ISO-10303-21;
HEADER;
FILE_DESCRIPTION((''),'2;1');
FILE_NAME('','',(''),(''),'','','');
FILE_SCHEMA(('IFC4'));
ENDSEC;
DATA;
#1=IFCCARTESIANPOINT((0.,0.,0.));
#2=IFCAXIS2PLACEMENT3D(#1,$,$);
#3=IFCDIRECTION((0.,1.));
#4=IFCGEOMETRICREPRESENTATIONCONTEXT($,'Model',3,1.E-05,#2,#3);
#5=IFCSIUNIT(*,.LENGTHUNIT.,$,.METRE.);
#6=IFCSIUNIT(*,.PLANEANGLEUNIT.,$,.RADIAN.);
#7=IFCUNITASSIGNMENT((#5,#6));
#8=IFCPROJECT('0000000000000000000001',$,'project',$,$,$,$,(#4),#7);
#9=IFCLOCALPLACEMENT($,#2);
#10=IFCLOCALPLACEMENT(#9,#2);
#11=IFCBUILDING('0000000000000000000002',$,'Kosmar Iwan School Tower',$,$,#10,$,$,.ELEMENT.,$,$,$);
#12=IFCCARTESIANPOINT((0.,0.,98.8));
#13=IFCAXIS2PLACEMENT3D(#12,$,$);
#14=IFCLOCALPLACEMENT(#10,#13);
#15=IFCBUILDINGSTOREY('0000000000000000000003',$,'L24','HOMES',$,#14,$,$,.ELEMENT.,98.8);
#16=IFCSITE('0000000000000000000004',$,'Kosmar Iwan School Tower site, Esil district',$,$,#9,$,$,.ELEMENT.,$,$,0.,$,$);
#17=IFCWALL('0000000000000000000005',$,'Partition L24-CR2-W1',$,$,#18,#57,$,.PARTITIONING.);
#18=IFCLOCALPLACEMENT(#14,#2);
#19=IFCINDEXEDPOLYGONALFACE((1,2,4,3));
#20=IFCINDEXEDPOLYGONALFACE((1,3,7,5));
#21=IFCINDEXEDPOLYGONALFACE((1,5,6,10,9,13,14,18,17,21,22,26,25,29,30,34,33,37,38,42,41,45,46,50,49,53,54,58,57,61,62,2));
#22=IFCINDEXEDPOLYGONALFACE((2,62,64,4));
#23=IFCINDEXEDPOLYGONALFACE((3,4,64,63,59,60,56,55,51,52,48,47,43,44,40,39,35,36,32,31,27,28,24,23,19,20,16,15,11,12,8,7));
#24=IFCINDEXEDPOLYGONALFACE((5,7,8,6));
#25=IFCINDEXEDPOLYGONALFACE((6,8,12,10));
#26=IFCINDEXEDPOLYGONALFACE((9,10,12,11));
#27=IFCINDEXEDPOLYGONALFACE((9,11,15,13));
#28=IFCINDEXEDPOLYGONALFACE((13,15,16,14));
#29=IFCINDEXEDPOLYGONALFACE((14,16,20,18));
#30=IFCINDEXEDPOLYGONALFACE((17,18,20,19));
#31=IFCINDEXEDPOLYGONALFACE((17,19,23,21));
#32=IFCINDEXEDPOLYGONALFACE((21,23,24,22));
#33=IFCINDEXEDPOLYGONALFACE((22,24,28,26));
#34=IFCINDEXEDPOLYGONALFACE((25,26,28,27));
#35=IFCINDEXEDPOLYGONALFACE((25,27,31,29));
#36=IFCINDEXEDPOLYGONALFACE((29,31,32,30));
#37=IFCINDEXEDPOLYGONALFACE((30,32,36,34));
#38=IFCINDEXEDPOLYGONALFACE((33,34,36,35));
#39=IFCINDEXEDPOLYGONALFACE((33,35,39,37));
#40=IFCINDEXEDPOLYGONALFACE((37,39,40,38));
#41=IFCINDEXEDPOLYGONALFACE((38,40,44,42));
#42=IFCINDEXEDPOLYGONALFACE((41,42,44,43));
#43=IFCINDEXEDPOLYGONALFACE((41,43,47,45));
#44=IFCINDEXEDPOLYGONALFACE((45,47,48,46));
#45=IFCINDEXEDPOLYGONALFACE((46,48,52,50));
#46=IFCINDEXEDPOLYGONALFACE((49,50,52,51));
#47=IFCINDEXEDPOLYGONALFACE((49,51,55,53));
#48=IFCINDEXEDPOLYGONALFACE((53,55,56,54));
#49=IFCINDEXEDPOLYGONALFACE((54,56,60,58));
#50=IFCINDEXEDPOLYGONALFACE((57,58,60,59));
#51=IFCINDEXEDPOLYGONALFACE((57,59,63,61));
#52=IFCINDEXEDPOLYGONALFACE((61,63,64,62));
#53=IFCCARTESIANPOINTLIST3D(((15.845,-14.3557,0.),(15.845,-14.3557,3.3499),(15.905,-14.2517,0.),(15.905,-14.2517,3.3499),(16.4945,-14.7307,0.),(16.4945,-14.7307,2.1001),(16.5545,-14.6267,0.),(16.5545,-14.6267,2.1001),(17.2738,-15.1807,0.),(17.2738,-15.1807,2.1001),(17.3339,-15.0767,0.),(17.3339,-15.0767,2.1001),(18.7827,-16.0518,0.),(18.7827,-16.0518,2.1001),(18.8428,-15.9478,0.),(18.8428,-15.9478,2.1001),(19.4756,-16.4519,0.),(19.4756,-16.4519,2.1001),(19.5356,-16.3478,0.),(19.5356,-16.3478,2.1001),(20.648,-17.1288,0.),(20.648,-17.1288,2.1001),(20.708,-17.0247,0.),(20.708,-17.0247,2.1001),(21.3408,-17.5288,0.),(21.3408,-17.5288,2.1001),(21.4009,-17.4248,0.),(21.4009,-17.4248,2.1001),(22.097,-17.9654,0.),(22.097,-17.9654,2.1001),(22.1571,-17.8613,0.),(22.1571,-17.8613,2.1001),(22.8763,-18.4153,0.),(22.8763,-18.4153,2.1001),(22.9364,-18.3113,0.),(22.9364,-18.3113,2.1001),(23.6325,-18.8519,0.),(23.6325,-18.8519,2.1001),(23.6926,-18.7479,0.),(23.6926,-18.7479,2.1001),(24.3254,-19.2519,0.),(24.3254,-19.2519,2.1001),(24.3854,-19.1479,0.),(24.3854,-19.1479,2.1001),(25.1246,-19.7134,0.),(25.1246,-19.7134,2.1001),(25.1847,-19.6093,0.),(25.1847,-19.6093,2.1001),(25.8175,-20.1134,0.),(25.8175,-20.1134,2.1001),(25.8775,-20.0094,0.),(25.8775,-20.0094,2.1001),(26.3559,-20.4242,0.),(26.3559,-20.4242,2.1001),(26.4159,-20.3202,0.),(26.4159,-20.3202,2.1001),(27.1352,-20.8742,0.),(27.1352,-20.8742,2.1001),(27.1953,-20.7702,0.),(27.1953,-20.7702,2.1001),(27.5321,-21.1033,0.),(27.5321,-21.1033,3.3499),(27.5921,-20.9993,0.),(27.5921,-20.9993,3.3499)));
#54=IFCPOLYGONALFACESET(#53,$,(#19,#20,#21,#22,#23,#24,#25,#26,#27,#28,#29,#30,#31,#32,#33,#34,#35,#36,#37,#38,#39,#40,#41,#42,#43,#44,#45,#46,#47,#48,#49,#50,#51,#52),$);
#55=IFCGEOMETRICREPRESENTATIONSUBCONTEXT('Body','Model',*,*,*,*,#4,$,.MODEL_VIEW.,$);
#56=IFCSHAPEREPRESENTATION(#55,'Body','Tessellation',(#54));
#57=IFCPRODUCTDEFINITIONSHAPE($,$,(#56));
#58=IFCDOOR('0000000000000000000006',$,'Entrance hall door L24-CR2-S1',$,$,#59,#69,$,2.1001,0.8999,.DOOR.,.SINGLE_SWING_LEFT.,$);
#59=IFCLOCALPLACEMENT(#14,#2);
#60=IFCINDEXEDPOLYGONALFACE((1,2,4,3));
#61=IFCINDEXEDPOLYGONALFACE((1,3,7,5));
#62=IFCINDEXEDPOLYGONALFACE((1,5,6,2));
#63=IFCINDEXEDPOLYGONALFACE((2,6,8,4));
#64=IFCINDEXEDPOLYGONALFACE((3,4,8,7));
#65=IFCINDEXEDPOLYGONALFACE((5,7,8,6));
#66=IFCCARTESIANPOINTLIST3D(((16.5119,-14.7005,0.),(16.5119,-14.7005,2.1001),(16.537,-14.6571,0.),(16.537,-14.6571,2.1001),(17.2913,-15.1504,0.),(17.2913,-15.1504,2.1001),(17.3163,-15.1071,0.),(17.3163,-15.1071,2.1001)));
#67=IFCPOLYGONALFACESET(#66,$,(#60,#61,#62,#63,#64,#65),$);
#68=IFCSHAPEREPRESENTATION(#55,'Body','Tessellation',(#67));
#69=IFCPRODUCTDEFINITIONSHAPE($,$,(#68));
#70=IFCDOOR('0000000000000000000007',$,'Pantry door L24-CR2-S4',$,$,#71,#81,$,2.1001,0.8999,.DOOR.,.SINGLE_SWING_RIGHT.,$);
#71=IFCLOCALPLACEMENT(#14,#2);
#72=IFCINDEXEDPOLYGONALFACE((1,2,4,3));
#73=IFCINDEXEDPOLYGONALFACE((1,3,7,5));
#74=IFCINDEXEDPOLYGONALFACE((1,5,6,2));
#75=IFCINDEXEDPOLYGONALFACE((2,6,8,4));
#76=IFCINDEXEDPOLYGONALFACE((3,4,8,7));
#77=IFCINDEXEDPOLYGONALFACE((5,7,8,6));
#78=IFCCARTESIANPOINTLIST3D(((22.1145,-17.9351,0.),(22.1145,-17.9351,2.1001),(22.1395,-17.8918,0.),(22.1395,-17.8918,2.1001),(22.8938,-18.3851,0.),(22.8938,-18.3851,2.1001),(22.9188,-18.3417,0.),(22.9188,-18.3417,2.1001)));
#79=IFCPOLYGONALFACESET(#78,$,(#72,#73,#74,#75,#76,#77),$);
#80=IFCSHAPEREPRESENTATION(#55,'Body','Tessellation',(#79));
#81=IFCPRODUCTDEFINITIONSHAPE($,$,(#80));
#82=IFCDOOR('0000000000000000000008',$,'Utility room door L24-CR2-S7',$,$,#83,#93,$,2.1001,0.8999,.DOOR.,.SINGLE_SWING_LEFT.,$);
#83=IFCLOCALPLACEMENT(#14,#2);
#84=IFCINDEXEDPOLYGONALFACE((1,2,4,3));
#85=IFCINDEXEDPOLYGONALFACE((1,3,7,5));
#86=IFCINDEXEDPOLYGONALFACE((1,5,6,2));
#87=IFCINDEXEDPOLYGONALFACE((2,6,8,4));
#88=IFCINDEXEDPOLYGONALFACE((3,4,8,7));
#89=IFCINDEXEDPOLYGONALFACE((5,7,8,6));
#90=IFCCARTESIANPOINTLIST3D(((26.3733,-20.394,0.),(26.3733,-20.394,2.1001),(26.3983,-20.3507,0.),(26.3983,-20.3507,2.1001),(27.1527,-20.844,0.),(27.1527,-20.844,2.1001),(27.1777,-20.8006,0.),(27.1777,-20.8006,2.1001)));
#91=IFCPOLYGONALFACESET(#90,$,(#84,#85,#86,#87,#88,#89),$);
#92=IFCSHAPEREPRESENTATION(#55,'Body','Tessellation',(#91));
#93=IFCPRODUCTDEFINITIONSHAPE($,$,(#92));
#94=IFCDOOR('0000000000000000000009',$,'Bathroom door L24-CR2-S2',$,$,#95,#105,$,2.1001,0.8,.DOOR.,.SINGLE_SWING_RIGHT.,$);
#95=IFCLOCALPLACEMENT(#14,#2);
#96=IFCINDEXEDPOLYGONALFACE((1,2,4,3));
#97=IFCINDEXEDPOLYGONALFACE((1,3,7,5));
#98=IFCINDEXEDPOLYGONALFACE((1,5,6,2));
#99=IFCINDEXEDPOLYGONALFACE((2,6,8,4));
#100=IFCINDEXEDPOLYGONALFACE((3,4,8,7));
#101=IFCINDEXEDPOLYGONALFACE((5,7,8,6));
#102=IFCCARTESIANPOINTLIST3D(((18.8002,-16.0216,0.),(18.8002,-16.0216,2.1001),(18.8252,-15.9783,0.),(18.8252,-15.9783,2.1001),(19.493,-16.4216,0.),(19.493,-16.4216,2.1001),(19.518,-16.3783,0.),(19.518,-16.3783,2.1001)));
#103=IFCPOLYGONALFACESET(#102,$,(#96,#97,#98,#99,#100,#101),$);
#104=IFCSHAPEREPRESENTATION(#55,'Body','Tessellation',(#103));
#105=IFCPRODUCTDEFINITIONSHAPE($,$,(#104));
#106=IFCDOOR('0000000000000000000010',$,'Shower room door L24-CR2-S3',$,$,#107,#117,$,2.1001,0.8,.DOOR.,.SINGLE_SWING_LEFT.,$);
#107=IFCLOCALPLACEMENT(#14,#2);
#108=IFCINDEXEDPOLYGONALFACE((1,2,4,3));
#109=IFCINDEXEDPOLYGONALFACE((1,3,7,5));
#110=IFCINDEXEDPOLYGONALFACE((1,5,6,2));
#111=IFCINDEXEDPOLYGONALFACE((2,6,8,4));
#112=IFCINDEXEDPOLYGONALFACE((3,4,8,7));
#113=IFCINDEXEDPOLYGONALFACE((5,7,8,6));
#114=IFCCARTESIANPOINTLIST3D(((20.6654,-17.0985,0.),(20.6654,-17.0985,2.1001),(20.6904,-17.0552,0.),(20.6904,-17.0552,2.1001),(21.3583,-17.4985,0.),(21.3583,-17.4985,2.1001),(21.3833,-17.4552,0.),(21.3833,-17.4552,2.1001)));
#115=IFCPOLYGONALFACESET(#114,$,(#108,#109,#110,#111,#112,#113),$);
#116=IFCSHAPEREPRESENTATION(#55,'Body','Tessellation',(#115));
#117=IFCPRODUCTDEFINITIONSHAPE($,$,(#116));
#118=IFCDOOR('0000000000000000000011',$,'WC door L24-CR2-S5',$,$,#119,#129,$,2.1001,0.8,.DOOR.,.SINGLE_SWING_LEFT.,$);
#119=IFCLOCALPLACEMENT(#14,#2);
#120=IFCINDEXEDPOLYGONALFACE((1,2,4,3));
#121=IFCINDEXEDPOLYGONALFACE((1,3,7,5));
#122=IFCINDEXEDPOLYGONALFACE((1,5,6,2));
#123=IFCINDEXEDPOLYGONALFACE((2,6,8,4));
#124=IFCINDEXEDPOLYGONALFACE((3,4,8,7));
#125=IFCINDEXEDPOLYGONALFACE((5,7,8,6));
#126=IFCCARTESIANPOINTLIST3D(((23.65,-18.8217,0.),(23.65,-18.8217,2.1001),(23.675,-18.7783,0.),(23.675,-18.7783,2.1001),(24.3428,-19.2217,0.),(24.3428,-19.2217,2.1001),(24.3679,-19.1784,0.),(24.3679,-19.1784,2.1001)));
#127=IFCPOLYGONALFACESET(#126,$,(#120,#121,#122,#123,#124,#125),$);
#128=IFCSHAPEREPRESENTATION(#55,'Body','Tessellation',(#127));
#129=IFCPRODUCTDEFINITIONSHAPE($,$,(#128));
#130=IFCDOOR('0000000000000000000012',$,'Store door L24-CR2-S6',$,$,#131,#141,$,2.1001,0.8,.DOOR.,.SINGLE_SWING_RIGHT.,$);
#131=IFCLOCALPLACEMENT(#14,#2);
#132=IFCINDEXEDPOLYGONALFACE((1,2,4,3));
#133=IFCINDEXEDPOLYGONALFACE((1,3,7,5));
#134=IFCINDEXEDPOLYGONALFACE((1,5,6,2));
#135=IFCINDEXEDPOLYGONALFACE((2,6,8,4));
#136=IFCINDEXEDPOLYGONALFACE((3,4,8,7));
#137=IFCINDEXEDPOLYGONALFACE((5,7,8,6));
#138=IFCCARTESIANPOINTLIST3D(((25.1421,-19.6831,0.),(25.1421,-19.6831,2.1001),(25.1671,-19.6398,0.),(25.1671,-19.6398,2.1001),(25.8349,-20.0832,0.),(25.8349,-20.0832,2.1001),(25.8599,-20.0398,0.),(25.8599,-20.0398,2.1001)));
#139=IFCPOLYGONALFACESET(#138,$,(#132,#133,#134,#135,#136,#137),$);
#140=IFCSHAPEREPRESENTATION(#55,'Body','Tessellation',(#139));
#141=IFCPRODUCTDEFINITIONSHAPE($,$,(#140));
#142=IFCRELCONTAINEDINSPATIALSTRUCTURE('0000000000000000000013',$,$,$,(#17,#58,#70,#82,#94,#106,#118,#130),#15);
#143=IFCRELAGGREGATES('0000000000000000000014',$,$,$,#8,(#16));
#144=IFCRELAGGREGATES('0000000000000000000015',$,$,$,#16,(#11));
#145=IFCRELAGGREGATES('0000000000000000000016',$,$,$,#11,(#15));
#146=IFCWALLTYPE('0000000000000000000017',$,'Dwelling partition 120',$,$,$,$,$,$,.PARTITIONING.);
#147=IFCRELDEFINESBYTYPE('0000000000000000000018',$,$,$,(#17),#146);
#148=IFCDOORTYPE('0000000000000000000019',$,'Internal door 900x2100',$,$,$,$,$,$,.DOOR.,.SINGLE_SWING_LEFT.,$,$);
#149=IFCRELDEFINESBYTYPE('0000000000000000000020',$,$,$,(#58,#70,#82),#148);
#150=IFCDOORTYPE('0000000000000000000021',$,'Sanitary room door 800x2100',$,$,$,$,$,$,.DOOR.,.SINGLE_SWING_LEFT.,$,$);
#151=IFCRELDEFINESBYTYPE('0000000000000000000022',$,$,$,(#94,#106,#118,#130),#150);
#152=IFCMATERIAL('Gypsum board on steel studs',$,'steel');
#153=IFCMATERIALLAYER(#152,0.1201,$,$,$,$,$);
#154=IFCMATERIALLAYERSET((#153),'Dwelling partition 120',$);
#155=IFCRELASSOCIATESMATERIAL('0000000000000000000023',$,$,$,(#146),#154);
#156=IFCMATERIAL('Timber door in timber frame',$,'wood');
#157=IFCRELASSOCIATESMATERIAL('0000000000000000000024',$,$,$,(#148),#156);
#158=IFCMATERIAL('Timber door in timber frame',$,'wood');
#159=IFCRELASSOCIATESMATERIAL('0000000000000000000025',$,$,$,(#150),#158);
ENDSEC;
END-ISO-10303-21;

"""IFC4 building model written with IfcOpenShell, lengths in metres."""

from ifc_helpers import new_model, si_unit, direction, frame, frame_2d, origin, place, context, subcontext, project, spatial, rectangle, extrude, material, layer, layer_set, type_object, element, fill, save


model = new_model("IFC4")

# Units and contexts
model_context = context("Model", 3, precision=1e-05, world=origin(), true_north=direction((0.0, 1.0)))
body_context = subcontext(model_context, "Body", "Model", "MODEL_VIEW")
ifc_project = project(units=[si_unit("LENGTHUNIT", "METRE"), si_unit("PLANEANGLEUNIT", "RADIAN")], contexts=[model_context])

# Site, building, storey
site_placement = place(None, origin())
site = spatial("IfcSite", under=ifc_project, at=site_placement, Name="Kosmar Iwan School Tower site, Esil district", CompositionType="ELEMENT", RefElevation=0.0)
building_placement = place(site_placement, origin())
building = spatial("IfcBuilding", under=site, at=building_placement, Name="Kosmar Iwan School Tower", CompositionType="ELEMENT")
storey_placement = place(building_placement, frame((0.0, 0.0, 98.8)))
storey = spatial("IfcBuildingStorey", under=building, at=storey_placement, Name="L24", Description="HOMES", CompositionType="ELEMENT", Elevation=98.8)

# Wall, openings, doors
ifc_material_1 = material(Name="Gypsum board on steel studs", Category="steel")
ifc_layer_1 = layer(ifc_material_1, 0.1201)
ifc_layer_set_1 = layer_set([ifc_layer_1], Name="Dwelling partition 120")
wall_type_1 = type_object("IfcWallType", Name="Dwelling partition 120", PredefinedType="PARTITIONING", material=ifc_layer_set_1)
wall_1_placement = place(storey_placement, frame((15.875, -14.3037, 0.0), z_axis=(0.0, 0.0, 1.0), x_axis=(0.866024, -0.500003, 0.0)))
wall_1 = element("IfcWall", 1, at=wall_1_placement, inside=storey, type_object=wall_type_1, Name="Partition L24-CR2-W1", PredefinedType="PARTITIONING", context=body_context, shape_type="SweptSolid", body=[
    extrude(rectangle(XDim=13.4951, YDim=0.1201, at=frame_2d((6.7476, 0.0))), origin(), (0.0, 0.0, 1.0), 3.3499),
])
opening_1_placement = place(wall_1_placement, frame((0.75, 0.0, 0.0)))
opening_1 = element("IfcOpeningElement", 2, at=opening_1_placement, cuts=wall_1, PredefinedType="OPENING", context=body_context, shape_type="SweptSolid", body=[
    extrude(rectangle(XDim=0.8999, YDim=2.1001, at=frame_2d((0.45, 1.05))), frame((0.0, 0.072, 0.0), z_axis=(0.0, -1.0, 0.0), x_axis=(1.0, 0.0, 0.0)), (0.0, 0.0, 1.0), 0.144),
])
opening_2_placement = place(wall_1_placement, frame((3.3923, 0.0, 0.0)))
opening_2 = element("IfcOpeningElement", 3, at=opening_2_placement, cuts=wall_1, PredefinedType="OPENING", context=body_context, shape_type="SweptSolid", body=[
    extrude(rectangle(XDim=0.8, YDim=2.1001, at=frame_2d((0.3999, 1.05))), frame((0.0, 0.072, 0.0), z_axis=(0.0, -1.0, 0.0), x_axis=(1.0, 0.0, 0.0)), (0.0, 0.0, 1.0), 0.144),
])
opening_3_placement = place(wall_1_placement, frame((5.5461, 0.0, 0.0)))
opening_3 = element("IfcOpeningElement", 4, at=opening_3_placement, cuts=wall_1, PredefinedType="OPENING", context=body_context, shape_type="SweptSolid", body=[
    extrude(rectangle(XDim=0.8, YDim=2.1001, at=frame_2d((0.3999, 1.05))), frame((0.0, 0.072, 0.0), z_axis=(0.0, -1.0, 0.0), x_axis=(1.0, 0.0, 0.0)), (0.0, 0.0, 1.0), 0.144),
])
opening_4_placement = place(wall_1_placement, frame((7.2192, 0.0, 0.0)))
opening_4 = element("IfcOpeningElement", 5, at=opening_4_placement, cuts=wall_1, PredefinedType="OPENING", context=body_context, shape_type="SweptSolid", body=[
    extrude(rectangle(XDim=0.8999, YDim=2.1001, at=frame_2d((0.45, 1.05))), frame((0.0, 0.072, 0.0), z_axis=(0.0, -1.0, 0.0), x_axis=(1.0, 0.0, 0.0)), (0.0, 0.0, 1.0), 0.144),
])
opening_5_placement = place(wall_1_placement, frame((8.9924, 0.0, 0.0)))
opening_5 = element("IfcOpeningElement", 6, at=opening_5_placement, cuts=wall_1, PredefinedType="OPENING", context=body_context, shape_type="SweptSolid", body=[
    extrude(rectangle(XDim=0.8, YDim=2.1001, at=frame_2d((0.3999, 1.05))), frame((0.0, 0.072, 0.0), z_axis=(0.0, -1.0, 0.0), x_axis=(1.0, 0.0, 0.0)), (0.0, 0.0, 1.0), 0.144),
])
opening_6_placement = place(wall_1_placement, frame((10.7153, 0.0, 0.0)))
opening_6 = element("IfcOpeningElement", 7, at=opening_6_placement, cuts=wall_1, PredefinedType="OPENING", context=body_context, shape_type="SweptSolid", body=[
    extrude(rectangle(XDim=0.8, YDim=2.1001, at=frame_2d((0.3999, 1.05))), frame((0.0, 0.072, 0.0), z_axis=(0.0, -1.0, 0.0), x_axis=(1.0, 0.0, 0.0)), (0.0, 0.0, 1.0), 0.144),
])
opening_7_placement = place(wall_1_placement, frame((12.137, 0.0, 0.0)))
opening_7 = element("IfcOpeningElement", 8, at=opening_7_placement, cuts=wall_1, PredefinedType="OPENING", context=body_context, shape_type="SweptSolid", body=[
    extrude(rectangle(XDim=0.8999, YDim=2.1001, at=frame_2d((0.45, 1.05))), frame((0.0, 0.072, 0.0), z_axis=(0.0, -1.0, 0.0), x_axis=(1.0, 0.0, 0.0)), (0.0, 0.0, 1.0), 0.144),
])
ifc_material_2 = material(Name="Timber door in timber frame", Category="wood")
door_type_1 = type_object("IfcDoorType", Name="Internal door 900x2100", OperationType="SINGLE_SWING_LEFT", PredefinedType="DOOR", material=ifc_material_2)
door_1_placement = place(opening_1_placement, origin())
door_1 = element("IfcDoor", 9, at=door_1_placement, inside=storey, type_object=door_type_1, Name="Entrance hall door L24-CR2-S1", OperationType="SINGLE_SWING_LEFT", OverallHeight=2.1001, OverallWidth=0.8999, PredefinedType="DOOR", context=body_context, shape_type="SweptSolid", body=[
    extrude(rectangle(XDim=0.8999, YDim=2.1001, at=frame_2d((0.45, 1.05))), frame((0.0, 0.0249, 0.0), z_axis=(0.0, -1.0, 0.0), x_axis=(1.0, 0.0, 0.0)), (0.0, 0.0, 1.0), 0.05),
])
fill(opening_1, door_1)
door_2_placement = place(opening_4_placement, origin())
door_2 = element("IfcDoor", 10, at=door_2_placement, inside=storey, type_object=door_type_1, Name="Pantry door L24-CR2-S4", OperationType="SINGLE_SWING_RIGHT", OverallHeight=2.1001, OverallWidth=0.8999, PredefinedType="DOOR", context=body_context, shape_type="SweptSolid", body=[
    extrude(rectangle(XDim=0.8999, YDim=2.1001, at=frame_2d((0.45, 1.05))), frame((0.0, 0.0249, 0.0), z_axis=(0.0, -1.0, 0.0), x_axis=(1.0, 0.0, 0.0)), (0.0, 0.0, 1.0), 0.05),
])
fill(opening_4, door_2)
door_3_placement = place(opening_7_placement, origin())
door_3 = element("IfcDoor", 11, at=door_3_placement, inside=storey, type_object=door_type_1, Name="Utility room door L24-CR2-S7", OperationType="SINGLE_SWING_LEFT", OverallHeight=2.1001, OverallWidth=0.8999, PredefinedType="DOOR", context=body_context, shape_type="SweptSolid", body=[
    extrude(rectangle(XDim=0.8999, YDim=2.1001, at=frame_2d((0.45, 1.05))), frame((0.0, 0.0249, 0.0), z_axis=(0.0, -1.0, 0.0), x_axis=(1.0, 0.0, 0.0)), (0.0, 0.0, 1.0), 0.05),
])
fill(opening_7, door_3)
ifc_material_3 = material(Name="Timber door in timber frame", Category="wood")
door_type_2 = type_object("IfcDoorType", Name="Sanitary room door 800x2100", OperationType="SINGLE_SWING_LEFT", PredefinedType="DOOR", material=ifc_material_3)
door_4_placement = place(opening_2_placement, origin())
door_4 = element("IfcDoor", 12, at=door_4_placement, inside=storey, type_object=door_type_2, Name="Bathroom door L24-CR2-S2", OperationType="SINGLE_SWING_RIGHT", OverallHeight=2.1001, OverallWidth=0.8, PredefinedType="DOOR", context=body_context, shape_type="SweptSolid", body=[
    extrude(rectangle(XDim=0.8, YDim=2.1001, at=frame_2d((0.3999, 1.05))), frame((0.0, 0.0249, 0.0), z_axis=(0.0, -1.0, 0.0), x_axis=(1.0, 0.0, 0.0)), (0.0, 0.0, 1.0), 0.05),
])
fill(opening_2, door_4)
door_5_placement = place(opening_3_placement, origin())
door_5 = element("IfcDoor", 13, at=door_5_placement, inside=storey, type_object=door_type_2, Name="Shower room door L24-CR2-S3", OperationType="SINGLE_SWING_LEFT", OverallHeight=2.1001, OverallWidth=0.8, PredefinedType="DOOR", context=body_context, shape_type="SweptSolid", body=[
    extrude(rectangle(XDim=0.8, YDim=2.1001, at=frame_2d((0.3999, 1.05))), frame((0.0, 0.0249, 0.0), z_axis=(0.0, -1.0, 0.0), x_axis=(1.0, 0.0, 0.0)), (0.0, 0.0, 1.0), 0.05),
])
fill(opening_3, door_5)
door_6_placement = place(opening_5_placement, origin())
door_6 = element("IfcDoor", 14, at=door_6_placement, inside=storey, type_object=door_type_2, Name="WC door L24-CR2-S5", OperationType="SINGLE_SWING_LEFT", OverallHeight=2.1001, OverallWidth=0.8, PredefinedType="DOOR", context=body_context, shape_type="SweptSolid", body=[
    extrude(rectangle(XDim=0.8, YDim=2.1001, at=frame_2d((0.3999, 1.05))), frame((0.0, 0.0249, 0.0), z_axis=(0.0, -1.0, 0.0), x_axis=(1.0, 0.0, 0.0)), (0.0, 0.0, 1.0), 0.05),
])
fill(opening_5, door_6)
door_7_placement = place(opening_6_placement, origin())
door_7 = element("IfcDoor", 15, at=door_7_placement, inside=storey, type_object=door_type_2, Name="Store door L24-CR2-S6", OperationType="SINGLE_SWING_RIGHT", OverallHeight=2.1001, OverallWidth=0.8, PredefinedType="DOOR", context=body_context, shape_type="SweptSolid", body=[
    extrude(rectangle(XDim=0.8, YDim=2.1001, at=frame_2d((0.3999, 1.05))), frame((0.0, 0.0249, 0.0), z_axis=(0.0, -1.0, 0.0), x_axis=(1.0, 0.0, 0.0)), (0.0, 0.0, 1.0), 0.05),
])
fill(opening_6, door_7)

save(model, "model.ifc")
